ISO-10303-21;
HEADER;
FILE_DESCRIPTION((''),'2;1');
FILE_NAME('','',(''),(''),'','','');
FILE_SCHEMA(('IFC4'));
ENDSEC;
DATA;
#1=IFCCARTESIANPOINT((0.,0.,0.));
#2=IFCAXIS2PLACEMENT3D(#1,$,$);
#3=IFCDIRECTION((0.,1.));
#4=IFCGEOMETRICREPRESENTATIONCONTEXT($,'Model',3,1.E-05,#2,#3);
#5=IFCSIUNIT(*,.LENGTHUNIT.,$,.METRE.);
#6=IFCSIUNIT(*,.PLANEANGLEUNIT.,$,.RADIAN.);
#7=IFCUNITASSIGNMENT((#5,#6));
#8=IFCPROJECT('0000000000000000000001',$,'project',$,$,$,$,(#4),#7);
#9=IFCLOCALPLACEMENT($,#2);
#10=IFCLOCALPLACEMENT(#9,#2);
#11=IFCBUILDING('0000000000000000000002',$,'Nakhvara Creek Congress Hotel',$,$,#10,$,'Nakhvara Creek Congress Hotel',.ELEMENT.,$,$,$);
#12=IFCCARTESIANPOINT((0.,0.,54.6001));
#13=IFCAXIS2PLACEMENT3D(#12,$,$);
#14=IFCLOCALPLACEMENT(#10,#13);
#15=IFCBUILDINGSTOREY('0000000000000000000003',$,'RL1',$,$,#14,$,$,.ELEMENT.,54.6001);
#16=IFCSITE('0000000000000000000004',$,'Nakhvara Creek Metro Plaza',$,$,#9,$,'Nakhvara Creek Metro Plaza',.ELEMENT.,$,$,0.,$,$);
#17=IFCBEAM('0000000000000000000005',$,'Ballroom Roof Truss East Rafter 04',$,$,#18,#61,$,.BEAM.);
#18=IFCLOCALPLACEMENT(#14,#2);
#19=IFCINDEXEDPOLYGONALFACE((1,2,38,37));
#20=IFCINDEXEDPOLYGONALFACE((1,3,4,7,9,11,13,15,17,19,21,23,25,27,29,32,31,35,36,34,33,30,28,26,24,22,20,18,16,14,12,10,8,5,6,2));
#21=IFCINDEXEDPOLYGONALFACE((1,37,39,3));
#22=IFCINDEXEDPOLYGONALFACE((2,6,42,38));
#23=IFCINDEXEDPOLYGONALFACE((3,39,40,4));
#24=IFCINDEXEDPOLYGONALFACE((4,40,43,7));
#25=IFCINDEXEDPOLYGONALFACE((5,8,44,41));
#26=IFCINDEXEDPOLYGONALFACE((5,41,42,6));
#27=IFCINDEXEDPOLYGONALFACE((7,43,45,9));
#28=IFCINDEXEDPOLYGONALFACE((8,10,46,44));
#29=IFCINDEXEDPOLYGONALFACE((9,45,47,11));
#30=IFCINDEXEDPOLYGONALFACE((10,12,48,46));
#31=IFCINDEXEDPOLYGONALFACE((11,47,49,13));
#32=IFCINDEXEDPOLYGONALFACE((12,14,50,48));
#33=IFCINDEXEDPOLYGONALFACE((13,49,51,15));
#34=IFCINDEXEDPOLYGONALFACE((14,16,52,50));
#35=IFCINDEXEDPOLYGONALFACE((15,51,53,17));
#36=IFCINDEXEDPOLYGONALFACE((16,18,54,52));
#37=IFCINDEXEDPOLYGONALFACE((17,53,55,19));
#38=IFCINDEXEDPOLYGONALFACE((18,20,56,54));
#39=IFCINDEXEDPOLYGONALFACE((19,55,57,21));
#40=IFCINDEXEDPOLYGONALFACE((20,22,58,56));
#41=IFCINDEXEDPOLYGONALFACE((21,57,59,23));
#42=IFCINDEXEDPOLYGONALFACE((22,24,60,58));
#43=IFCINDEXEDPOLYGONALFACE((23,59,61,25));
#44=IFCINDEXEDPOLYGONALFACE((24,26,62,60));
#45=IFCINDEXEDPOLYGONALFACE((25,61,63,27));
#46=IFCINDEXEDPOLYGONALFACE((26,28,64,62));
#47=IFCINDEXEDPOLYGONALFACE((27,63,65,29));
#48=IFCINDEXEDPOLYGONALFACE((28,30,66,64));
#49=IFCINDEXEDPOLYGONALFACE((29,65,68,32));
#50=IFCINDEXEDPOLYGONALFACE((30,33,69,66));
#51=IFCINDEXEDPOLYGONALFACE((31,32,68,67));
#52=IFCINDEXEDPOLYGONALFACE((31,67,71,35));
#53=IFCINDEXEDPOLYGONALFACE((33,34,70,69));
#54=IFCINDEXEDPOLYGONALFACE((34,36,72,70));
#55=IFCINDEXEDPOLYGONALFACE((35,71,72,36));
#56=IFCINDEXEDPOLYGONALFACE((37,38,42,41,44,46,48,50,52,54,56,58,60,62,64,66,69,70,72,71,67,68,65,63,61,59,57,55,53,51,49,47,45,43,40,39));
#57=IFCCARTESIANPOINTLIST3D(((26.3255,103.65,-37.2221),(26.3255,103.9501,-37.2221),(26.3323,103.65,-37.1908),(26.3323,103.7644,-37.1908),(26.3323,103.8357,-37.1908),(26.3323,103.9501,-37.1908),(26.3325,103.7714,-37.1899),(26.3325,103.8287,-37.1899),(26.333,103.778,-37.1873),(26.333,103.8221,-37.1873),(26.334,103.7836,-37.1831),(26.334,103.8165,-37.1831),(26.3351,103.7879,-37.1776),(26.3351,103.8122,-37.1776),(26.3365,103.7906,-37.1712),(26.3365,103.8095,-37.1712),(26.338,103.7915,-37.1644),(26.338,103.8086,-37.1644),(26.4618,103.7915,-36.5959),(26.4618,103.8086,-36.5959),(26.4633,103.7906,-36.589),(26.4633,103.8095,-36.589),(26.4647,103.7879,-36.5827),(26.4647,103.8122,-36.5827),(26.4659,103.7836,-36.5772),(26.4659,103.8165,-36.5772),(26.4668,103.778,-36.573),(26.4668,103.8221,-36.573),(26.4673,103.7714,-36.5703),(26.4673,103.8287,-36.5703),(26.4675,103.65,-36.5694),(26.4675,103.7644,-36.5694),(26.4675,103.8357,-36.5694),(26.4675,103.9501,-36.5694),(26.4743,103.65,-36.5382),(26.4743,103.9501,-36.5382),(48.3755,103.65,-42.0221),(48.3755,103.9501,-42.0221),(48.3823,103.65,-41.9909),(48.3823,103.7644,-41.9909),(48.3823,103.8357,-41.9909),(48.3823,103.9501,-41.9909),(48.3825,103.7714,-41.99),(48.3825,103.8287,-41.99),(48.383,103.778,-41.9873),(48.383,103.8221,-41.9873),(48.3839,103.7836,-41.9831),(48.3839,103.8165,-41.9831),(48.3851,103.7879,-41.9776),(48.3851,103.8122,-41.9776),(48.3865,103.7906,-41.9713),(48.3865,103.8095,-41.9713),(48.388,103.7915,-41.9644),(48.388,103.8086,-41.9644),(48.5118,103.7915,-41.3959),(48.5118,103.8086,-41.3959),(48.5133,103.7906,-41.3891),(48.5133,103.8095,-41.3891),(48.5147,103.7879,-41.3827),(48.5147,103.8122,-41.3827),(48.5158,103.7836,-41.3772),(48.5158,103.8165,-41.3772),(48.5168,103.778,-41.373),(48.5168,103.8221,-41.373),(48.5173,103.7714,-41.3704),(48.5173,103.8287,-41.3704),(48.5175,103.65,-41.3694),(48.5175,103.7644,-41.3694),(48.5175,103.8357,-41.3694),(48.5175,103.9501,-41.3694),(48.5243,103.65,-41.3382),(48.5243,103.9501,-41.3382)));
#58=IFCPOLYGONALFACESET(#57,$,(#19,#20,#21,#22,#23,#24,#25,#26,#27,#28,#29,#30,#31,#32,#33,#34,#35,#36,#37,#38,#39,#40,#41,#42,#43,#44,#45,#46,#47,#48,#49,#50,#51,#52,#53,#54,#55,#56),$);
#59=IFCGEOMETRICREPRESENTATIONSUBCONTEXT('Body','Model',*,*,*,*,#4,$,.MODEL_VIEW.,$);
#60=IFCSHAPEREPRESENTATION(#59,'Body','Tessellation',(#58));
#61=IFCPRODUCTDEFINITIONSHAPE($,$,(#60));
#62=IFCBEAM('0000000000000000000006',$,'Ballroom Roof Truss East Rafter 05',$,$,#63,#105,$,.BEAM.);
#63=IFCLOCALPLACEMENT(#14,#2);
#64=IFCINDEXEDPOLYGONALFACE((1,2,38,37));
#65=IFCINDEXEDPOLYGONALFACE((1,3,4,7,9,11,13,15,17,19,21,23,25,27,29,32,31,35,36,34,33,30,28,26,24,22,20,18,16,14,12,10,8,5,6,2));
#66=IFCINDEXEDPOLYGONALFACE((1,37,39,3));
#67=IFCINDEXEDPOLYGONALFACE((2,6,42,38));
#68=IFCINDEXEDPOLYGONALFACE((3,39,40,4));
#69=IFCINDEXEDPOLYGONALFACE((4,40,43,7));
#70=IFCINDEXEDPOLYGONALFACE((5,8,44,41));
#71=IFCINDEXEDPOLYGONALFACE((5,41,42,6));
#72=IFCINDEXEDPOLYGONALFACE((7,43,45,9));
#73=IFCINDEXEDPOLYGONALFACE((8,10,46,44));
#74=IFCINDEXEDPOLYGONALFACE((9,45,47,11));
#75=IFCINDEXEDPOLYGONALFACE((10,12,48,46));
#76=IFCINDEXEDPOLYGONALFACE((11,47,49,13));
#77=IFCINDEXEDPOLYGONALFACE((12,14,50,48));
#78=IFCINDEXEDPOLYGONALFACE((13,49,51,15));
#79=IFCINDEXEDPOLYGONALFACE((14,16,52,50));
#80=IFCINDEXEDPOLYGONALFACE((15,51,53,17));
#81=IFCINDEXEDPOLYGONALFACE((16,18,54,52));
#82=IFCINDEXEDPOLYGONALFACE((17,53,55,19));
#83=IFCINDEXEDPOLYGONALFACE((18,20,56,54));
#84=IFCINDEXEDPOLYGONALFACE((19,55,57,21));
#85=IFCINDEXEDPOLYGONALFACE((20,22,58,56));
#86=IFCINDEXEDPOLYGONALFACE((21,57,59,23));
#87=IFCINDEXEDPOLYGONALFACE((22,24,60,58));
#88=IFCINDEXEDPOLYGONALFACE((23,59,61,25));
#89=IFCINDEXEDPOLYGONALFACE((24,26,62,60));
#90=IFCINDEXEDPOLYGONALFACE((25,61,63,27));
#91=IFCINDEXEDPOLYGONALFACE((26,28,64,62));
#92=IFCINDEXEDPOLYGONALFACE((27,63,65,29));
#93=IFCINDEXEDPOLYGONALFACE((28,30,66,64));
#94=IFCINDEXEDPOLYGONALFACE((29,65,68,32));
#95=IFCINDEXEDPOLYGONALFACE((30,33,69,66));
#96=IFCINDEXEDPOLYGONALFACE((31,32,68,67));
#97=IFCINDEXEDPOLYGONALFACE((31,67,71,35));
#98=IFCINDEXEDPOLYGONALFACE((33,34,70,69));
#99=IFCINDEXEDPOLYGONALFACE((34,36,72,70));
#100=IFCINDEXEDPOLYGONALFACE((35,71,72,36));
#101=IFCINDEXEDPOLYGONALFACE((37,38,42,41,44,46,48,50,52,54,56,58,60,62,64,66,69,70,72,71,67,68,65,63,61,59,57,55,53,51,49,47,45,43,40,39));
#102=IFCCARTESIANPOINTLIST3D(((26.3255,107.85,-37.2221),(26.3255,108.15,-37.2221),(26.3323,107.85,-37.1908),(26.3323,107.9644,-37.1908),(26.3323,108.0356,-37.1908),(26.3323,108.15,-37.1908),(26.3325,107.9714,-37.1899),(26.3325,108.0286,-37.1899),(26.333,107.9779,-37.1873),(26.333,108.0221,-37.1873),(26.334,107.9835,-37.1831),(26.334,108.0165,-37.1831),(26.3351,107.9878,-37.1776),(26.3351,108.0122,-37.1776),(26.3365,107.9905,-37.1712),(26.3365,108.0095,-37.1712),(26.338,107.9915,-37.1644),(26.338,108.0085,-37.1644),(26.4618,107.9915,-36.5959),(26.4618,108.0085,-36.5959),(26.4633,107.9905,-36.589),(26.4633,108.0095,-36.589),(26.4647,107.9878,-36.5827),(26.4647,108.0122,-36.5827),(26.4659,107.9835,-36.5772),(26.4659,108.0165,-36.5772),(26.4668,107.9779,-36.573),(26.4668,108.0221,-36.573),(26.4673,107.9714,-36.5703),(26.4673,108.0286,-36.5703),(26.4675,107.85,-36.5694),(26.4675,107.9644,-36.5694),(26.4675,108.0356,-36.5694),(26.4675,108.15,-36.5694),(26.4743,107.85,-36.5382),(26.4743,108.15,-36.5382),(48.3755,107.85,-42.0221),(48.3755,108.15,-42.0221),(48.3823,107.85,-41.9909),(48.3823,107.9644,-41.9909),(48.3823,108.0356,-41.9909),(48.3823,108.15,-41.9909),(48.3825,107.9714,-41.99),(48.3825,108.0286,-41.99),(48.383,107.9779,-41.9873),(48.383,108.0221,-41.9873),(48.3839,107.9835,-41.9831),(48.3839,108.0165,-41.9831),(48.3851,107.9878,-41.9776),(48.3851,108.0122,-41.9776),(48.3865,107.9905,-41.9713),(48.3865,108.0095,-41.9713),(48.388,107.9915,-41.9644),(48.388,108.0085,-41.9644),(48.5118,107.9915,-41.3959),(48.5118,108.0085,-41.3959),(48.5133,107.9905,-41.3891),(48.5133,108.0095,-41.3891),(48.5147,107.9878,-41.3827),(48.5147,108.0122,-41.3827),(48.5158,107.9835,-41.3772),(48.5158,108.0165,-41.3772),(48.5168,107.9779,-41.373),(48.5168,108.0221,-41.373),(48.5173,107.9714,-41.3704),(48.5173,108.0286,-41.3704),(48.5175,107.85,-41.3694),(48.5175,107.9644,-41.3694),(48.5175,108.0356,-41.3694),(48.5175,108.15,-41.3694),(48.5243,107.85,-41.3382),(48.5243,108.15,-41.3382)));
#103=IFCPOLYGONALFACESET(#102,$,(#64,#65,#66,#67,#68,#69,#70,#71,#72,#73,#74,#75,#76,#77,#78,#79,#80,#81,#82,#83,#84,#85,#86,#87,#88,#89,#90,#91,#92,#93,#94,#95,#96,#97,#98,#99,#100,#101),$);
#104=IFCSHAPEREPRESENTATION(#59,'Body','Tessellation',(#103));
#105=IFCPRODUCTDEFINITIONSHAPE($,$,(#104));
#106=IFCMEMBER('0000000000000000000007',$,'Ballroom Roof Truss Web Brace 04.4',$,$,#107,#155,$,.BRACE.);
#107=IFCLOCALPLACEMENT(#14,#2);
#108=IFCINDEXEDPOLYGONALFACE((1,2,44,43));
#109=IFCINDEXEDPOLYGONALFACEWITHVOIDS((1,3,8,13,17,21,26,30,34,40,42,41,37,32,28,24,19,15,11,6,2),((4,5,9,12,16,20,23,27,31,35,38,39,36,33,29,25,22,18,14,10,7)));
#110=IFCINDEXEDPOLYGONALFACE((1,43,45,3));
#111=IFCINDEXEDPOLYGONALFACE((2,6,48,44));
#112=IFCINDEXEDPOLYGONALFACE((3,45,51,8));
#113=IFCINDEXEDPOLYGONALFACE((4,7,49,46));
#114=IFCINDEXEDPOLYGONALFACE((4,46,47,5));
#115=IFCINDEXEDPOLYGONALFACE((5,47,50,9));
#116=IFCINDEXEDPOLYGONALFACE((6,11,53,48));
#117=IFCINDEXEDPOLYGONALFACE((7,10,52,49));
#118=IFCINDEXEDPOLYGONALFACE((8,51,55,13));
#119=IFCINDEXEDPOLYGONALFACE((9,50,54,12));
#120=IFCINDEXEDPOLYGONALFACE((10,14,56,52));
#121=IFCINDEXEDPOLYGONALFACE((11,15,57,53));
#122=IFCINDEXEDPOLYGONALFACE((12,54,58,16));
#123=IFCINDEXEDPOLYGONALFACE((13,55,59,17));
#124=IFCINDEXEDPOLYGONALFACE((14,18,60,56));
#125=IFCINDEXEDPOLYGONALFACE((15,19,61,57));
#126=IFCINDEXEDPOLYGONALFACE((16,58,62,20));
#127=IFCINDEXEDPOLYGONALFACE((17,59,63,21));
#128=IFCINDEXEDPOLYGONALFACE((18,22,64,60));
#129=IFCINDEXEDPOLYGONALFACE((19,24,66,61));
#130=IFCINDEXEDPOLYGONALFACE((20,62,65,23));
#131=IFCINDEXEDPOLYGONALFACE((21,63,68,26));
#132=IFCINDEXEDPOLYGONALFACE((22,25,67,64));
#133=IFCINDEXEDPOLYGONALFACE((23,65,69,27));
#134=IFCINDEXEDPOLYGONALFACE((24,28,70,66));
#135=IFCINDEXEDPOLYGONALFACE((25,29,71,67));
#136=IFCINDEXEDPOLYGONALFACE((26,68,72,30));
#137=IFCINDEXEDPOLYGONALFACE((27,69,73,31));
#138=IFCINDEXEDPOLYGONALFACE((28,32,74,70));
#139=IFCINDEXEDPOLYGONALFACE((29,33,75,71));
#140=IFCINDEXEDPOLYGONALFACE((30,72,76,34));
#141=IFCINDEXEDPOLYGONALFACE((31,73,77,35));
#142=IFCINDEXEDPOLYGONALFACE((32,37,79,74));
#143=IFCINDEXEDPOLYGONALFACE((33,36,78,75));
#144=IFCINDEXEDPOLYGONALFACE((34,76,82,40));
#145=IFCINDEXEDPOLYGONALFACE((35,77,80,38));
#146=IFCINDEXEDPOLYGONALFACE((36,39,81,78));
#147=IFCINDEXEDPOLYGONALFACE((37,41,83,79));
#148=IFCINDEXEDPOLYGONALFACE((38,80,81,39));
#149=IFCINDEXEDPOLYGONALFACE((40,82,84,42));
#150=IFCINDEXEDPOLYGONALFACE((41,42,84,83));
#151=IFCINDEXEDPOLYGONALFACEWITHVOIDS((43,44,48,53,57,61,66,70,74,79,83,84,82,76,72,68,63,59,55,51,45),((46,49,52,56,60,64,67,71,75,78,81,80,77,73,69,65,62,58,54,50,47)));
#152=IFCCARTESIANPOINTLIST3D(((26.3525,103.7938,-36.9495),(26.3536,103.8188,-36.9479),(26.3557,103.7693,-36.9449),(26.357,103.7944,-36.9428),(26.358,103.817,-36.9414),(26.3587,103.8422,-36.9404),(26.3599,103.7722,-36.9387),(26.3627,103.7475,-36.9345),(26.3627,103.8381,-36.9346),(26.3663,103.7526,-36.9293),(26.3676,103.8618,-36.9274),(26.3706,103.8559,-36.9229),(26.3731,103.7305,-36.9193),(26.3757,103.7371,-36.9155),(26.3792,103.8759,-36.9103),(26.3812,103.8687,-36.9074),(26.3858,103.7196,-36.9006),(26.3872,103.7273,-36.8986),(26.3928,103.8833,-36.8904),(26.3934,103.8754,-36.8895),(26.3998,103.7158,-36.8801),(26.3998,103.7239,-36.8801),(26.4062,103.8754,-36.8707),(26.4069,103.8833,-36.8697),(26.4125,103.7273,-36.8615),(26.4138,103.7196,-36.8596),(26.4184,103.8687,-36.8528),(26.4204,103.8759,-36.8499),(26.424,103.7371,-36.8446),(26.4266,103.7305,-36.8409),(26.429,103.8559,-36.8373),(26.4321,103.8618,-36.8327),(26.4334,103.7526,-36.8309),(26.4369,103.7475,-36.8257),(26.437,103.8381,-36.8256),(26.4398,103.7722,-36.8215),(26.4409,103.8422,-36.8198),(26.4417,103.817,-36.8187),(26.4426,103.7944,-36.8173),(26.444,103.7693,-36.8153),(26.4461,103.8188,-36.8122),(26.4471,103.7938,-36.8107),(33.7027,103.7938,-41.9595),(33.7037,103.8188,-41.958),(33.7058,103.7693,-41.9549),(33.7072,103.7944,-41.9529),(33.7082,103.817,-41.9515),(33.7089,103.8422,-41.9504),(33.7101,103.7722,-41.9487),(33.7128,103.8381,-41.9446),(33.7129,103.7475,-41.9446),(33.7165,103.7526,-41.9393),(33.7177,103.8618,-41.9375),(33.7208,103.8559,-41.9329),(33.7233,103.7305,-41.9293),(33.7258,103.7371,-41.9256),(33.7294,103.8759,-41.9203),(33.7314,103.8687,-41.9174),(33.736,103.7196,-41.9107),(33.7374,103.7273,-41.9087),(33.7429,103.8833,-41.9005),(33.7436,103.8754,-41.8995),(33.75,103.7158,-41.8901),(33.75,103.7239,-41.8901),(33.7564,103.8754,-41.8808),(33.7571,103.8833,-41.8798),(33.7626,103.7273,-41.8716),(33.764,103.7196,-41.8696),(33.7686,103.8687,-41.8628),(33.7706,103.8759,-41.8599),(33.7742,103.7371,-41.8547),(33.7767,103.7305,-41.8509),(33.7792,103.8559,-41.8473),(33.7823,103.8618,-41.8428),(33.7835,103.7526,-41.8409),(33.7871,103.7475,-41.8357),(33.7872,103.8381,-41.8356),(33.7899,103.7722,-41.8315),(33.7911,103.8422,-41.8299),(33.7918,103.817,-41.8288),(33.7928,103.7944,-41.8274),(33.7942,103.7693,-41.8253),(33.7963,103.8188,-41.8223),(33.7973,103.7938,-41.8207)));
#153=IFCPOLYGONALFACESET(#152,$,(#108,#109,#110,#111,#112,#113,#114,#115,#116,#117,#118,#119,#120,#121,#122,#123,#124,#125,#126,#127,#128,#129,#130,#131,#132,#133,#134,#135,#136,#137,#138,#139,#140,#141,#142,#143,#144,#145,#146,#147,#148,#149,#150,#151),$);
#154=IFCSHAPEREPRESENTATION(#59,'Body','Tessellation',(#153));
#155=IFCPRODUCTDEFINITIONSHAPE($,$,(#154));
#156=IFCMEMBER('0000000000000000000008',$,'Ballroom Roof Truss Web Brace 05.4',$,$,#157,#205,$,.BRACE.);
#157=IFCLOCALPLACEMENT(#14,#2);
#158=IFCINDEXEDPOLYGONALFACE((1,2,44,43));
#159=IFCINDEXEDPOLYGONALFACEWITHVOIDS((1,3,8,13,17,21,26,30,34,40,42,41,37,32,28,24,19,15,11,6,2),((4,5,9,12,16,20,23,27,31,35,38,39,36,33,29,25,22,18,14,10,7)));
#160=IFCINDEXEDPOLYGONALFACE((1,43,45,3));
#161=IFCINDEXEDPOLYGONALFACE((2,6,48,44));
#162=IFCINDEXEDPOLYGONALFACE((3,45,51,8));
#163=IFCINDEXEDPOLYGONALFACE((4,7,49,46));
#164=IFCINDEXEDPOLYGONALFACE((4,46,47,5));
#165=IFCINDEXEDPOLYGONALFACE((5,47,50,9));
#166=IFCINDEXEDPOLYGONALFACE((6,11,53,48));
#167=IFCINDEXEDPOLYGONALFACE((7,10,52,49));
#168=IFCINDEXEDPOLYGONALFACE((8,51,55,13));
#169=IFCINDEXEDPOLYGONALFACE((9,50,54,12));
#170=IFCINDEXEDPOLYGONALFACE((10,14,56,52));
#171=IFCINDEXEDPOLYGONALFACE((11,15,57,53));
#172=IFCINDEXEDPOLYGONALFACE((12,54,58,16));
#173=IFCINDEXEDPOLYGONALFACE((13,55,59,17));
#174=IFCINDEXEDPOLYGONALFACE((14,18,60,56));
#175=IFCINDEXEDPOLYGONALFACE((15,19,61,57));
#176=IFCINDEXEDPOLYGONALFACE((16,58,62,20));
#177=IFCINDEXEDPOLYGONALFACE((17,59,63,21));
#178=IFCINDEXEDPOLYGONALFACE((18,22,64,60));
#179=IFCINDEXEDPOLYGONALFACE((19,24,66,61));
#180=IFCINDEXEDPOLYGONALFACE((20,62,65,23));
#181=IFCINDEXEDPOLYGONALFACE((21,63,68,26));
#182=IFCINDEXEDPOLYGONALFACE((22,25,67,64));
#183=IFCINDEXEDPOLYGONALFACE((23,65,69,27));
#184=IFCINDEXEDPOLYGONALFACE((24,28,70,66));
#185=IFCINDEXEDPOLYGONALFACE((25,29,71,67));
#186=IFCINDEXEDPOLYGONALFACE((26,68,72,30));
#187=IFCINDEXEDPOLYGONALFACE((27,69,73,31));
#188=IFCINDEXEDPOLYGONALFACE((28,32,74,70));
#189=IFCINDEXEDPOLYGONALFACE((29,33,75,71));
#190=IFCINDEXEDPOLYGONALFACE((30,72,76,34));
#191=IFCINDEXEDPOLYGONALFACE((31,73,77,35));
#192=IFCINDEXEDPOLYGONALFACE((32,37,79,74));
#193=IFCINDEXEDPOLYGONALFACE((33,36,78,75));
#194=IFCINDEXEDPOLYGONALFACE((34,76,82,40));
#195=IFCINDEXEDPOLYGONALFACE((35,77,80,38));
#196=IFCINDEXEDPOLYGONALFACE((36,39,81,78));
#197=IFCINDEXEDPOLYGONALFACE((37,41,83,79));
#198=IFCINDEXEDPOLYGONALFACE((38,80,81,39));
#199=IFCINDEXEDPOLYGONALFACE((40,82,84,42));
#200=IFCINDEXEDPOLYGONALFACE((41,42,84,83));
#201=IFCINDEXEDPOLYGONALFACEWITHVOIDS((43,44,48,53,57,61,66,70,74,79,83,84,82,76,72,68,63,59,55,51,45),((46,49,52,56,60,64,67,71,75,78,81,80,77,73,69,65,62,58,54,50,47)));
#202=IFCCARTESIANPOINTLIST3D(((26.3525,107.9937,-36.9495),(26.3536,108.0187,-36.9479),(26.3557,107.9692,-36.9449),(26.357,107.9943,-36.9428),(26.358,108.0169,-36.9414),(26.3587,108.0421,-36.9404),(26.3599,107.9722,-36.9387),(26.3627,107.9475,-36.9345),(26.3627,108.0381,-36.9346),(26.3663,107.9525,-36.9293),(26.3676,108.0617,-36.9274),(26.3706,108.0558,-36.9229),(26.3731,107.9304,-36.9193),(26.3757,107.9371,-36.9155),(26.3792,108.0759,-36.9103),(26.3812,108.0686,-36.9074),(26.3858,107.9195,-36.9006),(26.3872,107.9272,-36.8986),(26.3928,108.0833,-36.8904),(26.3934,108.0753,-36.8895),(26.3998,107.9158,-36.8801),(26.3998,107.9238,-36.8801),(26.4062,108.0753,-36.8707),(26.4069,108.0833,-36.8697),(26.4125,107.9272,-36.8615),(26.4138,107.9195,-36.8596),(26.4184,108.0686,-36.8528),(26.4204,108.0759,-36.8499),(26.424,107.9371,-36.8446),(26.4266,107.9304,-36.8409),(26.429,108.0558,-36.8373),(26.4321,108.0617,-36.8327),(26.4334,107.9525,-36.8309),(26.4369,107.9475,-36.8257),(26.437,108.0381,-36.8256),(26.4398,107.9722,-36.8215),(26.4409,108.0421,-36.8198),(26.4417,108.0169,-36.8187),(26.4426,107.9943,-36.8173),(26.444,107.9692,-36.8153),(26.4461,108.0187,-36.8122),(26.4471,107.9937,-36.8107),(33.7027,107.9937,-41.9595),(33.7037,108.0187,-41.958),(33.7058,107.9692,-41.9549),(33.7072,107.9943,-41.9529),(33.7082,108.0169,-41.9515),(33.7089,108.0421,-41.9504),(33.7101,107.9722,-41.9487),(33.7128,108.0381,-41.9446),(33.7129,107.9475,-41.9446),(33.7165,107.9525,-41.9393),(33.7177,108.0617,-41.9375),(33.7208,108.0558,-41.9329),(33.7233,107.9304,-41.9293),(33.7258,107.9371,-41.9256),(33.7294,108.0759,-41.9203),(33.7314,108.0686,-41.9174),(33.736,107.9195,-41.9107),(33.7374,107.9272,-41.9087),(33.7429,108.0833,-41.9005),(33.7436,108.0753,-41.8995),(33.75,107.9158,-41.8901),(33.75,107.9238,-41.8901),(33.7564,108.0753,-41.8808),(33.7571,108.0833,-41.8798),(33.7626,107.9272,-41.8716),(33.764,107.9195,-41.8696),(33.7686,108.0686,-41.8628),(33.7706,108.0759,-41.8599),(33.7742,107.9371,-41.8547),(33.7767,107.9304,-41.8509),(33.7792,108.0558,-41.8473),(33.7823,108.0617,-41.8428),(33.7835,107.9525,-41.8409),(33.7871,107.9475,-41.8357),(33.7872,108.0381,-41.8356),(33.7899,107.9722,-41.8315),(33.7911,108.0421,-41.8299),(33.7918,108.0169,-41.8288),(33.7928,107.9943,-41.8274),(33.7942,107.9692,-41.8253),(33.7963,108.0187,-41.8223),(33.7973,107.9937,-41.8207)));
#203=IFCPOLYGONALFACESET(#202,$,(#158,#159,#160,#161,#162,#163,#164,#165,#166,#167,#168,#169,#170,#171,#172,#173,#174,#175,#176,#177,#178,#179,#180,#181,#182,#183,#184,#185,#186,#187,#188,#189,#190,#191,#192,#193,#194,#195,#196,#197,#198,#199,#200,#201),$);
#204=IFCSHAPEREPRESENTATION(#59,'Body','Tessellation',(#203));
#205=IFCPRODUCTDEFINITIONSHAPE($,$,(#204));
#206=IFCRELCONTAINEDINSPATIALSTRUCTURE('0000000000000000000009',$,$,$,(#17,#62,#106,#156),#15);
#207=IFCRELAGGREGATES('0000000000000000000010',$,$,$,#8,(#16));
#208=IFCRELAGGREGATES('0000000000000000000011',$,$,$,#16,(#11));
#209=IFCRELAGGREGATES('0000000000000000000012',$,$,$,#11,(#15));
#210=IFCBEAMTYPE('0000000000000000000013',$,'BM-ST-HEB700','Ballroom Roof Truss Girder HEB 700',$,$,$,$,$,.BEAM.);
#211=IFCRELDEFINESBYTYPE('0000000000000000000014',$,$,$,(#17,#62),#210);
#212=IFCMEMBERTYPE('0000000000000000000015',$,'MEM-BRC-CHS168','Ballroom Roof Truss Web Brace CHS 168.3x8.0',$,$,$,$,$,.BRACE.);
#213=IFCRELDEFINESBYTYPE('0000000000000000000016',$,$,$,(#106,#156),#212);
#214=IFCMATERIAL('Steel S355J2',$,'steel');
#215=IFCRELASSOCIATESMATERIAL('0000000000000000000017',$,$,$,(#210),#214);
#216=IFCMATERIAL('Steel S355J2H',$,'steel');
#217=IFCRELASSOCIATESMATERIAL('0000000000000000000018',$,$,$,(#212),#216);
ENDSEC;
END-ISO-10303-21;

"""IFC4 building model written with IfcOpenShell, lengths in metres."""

from ifc_helpers import new_model, si_unit, direction, frame, origin, origin_2d, place, context, subcontext, project, spatial, hollow_circle, i_section, extrude, material, material_profile, profile_set, type_object, element, save


model = new_model("IFC4")

# Units and contexts
model_context = context("Model", 3, precision=1e-05, world=origin(), true_north=direction((0.0, 1.0)))
body_context = subcontext(model_context, "Body", "Model", "MODEL_VIEW")
ifc_project = project(units=[si_unit("LENGTHUNIT", "METRE"), si_unit("PLANEANGLEUNIT", "RADIAN")], contexts=[model_context])

# Site, building, storey
site_placement = place(None, origin())
site = spatial("IfcSite", under=ifc_project, at=site_placement, Name="Nakhvara Creek Metro Plaza", LongName="Nakhvara Creek Metro Plaza", CompositionType="ELEMENT", RefElevation=0.0)
building_placement = place(site_placement, origin())
building = spatial("IfcBuilding", under=site, at=building_placement, Name="Nakhvara Creek Congress Hotel", LongName="Nakhvara Creek Congress Hotel", CompositionType="ELEMENT")
storey_placement = place(building_placement, frame((0.0, 0.0, 54.6001)))
storey = spatial("IfcBuildingStorey", under=building, at=storey_placement, Name="RL1", CompositionType="ELEMENT", Elevation=54.6001)

# Beams
ifc_material_1 = material(Name="Steel S355J2", Category="steel")
ifc_material_profile_1 = material_profile(ifc_material_1, i_section(OverallWidth=0.3, OverallDepth=0.7, WebThickness=0.0171, FlangeThickness=0.032, FilletRadius=0.0271, at=origin_2d()), Name="HEB 700", Category="LoadBearing")
ifc_profile_set_1 = profile_set([ifc_material_profile_1], Name="Steel S355J2")
beam_type = type_object("IfcBeamType", Name="BM-ST-HEB700", Description="Ballroom Roof Truss Girder HEB 700", PredefinedType="BEAM", material=ifc_profile_set_1)
for number, where, z_axis, x_axis, name in (
    (1, (26.3999, 103.8, -36.8801), (0.977116, 0.0, -0.212707), (0.0, 1.0, 0.0), "Ballroom Roof Truss East Rafter 04"),
    (2, (26.3999, 108.0, -36.8801), (0.977116, 0.0, -0.212707), (0.0, 1.0, 0.0), "Ballroom Roof Truss East Rafter 05"),
):
    element("IfcBeam", number, at=place(storey_placement, frame(where, z_axis=z_axis, x_axis=x_axis)), inside=storey, type_object=beam_type, Name=name, PredefinedType="BEAM", context=body_context, shape_type="SweptSolid", body=[
        extrude(i_section(OverallWidth=0.3, OverallDepth=0.7, WebThickness=0.0171, FlangeThickness=0.032, FilletRadius=0.0271, at=origin_2d()), origin(), (0.0, 0.0, 1.0), 22.5664),
    ])

# Members
ifc_material_2 = material(Name="Steel S355J2H", Category="steel")
ifc_material_profile_2 = material_profile(ifc_material_2, hollow_circle(Radius=0.0842, WallThickness=0.0081, at=origin_2d()), Name="CHS 168.3x8.0", Category="LoadBearing")
ifc_profile_set_2 = profile_set([ifc_material_profile_2], Name="Steel S355J2H")
member_type_1 = type_object("IfcMemberType", Name="MEM-BRC-CHS168", Description="Ballroom Roof Truss Web Brace CHS 168.3x8.0", PredefinedType="BRACE", material=ifc_profile_set_2)
for number, where, z_axis, x_axis, name in (
    (3, (33.75, 103.8, -41.8901), (-0.826302, 0.0, 0.563228), (0.0, -1.0, 0.0), "Ballroom Roof Truss Web Brace 04.4"),
    (4, (33.75, 108.0, -41.8901), (-0.826302, 0.0, 0.563228), (0.0, -1.0, 0.0), "Ballroom Roof Truss Web Brace 05.4"),
):
    element("IfcMember", number, at=place(storey_placement, frame(where, z_axis=z_axis, x_axis=x_axis)), inside=storey, type_object=member_type_1, Name=name, PredefinedType="BRACE", context=body_context, shape_type="SweptSolid", body=[
        extrude(hollow_circle(Radius=0.0842, WallThickness=0.0081, at=origin_2d()), origin(), (0.0, 0.0, 1.0), 8.8953),
    ])

save(model, "model.ifc")
